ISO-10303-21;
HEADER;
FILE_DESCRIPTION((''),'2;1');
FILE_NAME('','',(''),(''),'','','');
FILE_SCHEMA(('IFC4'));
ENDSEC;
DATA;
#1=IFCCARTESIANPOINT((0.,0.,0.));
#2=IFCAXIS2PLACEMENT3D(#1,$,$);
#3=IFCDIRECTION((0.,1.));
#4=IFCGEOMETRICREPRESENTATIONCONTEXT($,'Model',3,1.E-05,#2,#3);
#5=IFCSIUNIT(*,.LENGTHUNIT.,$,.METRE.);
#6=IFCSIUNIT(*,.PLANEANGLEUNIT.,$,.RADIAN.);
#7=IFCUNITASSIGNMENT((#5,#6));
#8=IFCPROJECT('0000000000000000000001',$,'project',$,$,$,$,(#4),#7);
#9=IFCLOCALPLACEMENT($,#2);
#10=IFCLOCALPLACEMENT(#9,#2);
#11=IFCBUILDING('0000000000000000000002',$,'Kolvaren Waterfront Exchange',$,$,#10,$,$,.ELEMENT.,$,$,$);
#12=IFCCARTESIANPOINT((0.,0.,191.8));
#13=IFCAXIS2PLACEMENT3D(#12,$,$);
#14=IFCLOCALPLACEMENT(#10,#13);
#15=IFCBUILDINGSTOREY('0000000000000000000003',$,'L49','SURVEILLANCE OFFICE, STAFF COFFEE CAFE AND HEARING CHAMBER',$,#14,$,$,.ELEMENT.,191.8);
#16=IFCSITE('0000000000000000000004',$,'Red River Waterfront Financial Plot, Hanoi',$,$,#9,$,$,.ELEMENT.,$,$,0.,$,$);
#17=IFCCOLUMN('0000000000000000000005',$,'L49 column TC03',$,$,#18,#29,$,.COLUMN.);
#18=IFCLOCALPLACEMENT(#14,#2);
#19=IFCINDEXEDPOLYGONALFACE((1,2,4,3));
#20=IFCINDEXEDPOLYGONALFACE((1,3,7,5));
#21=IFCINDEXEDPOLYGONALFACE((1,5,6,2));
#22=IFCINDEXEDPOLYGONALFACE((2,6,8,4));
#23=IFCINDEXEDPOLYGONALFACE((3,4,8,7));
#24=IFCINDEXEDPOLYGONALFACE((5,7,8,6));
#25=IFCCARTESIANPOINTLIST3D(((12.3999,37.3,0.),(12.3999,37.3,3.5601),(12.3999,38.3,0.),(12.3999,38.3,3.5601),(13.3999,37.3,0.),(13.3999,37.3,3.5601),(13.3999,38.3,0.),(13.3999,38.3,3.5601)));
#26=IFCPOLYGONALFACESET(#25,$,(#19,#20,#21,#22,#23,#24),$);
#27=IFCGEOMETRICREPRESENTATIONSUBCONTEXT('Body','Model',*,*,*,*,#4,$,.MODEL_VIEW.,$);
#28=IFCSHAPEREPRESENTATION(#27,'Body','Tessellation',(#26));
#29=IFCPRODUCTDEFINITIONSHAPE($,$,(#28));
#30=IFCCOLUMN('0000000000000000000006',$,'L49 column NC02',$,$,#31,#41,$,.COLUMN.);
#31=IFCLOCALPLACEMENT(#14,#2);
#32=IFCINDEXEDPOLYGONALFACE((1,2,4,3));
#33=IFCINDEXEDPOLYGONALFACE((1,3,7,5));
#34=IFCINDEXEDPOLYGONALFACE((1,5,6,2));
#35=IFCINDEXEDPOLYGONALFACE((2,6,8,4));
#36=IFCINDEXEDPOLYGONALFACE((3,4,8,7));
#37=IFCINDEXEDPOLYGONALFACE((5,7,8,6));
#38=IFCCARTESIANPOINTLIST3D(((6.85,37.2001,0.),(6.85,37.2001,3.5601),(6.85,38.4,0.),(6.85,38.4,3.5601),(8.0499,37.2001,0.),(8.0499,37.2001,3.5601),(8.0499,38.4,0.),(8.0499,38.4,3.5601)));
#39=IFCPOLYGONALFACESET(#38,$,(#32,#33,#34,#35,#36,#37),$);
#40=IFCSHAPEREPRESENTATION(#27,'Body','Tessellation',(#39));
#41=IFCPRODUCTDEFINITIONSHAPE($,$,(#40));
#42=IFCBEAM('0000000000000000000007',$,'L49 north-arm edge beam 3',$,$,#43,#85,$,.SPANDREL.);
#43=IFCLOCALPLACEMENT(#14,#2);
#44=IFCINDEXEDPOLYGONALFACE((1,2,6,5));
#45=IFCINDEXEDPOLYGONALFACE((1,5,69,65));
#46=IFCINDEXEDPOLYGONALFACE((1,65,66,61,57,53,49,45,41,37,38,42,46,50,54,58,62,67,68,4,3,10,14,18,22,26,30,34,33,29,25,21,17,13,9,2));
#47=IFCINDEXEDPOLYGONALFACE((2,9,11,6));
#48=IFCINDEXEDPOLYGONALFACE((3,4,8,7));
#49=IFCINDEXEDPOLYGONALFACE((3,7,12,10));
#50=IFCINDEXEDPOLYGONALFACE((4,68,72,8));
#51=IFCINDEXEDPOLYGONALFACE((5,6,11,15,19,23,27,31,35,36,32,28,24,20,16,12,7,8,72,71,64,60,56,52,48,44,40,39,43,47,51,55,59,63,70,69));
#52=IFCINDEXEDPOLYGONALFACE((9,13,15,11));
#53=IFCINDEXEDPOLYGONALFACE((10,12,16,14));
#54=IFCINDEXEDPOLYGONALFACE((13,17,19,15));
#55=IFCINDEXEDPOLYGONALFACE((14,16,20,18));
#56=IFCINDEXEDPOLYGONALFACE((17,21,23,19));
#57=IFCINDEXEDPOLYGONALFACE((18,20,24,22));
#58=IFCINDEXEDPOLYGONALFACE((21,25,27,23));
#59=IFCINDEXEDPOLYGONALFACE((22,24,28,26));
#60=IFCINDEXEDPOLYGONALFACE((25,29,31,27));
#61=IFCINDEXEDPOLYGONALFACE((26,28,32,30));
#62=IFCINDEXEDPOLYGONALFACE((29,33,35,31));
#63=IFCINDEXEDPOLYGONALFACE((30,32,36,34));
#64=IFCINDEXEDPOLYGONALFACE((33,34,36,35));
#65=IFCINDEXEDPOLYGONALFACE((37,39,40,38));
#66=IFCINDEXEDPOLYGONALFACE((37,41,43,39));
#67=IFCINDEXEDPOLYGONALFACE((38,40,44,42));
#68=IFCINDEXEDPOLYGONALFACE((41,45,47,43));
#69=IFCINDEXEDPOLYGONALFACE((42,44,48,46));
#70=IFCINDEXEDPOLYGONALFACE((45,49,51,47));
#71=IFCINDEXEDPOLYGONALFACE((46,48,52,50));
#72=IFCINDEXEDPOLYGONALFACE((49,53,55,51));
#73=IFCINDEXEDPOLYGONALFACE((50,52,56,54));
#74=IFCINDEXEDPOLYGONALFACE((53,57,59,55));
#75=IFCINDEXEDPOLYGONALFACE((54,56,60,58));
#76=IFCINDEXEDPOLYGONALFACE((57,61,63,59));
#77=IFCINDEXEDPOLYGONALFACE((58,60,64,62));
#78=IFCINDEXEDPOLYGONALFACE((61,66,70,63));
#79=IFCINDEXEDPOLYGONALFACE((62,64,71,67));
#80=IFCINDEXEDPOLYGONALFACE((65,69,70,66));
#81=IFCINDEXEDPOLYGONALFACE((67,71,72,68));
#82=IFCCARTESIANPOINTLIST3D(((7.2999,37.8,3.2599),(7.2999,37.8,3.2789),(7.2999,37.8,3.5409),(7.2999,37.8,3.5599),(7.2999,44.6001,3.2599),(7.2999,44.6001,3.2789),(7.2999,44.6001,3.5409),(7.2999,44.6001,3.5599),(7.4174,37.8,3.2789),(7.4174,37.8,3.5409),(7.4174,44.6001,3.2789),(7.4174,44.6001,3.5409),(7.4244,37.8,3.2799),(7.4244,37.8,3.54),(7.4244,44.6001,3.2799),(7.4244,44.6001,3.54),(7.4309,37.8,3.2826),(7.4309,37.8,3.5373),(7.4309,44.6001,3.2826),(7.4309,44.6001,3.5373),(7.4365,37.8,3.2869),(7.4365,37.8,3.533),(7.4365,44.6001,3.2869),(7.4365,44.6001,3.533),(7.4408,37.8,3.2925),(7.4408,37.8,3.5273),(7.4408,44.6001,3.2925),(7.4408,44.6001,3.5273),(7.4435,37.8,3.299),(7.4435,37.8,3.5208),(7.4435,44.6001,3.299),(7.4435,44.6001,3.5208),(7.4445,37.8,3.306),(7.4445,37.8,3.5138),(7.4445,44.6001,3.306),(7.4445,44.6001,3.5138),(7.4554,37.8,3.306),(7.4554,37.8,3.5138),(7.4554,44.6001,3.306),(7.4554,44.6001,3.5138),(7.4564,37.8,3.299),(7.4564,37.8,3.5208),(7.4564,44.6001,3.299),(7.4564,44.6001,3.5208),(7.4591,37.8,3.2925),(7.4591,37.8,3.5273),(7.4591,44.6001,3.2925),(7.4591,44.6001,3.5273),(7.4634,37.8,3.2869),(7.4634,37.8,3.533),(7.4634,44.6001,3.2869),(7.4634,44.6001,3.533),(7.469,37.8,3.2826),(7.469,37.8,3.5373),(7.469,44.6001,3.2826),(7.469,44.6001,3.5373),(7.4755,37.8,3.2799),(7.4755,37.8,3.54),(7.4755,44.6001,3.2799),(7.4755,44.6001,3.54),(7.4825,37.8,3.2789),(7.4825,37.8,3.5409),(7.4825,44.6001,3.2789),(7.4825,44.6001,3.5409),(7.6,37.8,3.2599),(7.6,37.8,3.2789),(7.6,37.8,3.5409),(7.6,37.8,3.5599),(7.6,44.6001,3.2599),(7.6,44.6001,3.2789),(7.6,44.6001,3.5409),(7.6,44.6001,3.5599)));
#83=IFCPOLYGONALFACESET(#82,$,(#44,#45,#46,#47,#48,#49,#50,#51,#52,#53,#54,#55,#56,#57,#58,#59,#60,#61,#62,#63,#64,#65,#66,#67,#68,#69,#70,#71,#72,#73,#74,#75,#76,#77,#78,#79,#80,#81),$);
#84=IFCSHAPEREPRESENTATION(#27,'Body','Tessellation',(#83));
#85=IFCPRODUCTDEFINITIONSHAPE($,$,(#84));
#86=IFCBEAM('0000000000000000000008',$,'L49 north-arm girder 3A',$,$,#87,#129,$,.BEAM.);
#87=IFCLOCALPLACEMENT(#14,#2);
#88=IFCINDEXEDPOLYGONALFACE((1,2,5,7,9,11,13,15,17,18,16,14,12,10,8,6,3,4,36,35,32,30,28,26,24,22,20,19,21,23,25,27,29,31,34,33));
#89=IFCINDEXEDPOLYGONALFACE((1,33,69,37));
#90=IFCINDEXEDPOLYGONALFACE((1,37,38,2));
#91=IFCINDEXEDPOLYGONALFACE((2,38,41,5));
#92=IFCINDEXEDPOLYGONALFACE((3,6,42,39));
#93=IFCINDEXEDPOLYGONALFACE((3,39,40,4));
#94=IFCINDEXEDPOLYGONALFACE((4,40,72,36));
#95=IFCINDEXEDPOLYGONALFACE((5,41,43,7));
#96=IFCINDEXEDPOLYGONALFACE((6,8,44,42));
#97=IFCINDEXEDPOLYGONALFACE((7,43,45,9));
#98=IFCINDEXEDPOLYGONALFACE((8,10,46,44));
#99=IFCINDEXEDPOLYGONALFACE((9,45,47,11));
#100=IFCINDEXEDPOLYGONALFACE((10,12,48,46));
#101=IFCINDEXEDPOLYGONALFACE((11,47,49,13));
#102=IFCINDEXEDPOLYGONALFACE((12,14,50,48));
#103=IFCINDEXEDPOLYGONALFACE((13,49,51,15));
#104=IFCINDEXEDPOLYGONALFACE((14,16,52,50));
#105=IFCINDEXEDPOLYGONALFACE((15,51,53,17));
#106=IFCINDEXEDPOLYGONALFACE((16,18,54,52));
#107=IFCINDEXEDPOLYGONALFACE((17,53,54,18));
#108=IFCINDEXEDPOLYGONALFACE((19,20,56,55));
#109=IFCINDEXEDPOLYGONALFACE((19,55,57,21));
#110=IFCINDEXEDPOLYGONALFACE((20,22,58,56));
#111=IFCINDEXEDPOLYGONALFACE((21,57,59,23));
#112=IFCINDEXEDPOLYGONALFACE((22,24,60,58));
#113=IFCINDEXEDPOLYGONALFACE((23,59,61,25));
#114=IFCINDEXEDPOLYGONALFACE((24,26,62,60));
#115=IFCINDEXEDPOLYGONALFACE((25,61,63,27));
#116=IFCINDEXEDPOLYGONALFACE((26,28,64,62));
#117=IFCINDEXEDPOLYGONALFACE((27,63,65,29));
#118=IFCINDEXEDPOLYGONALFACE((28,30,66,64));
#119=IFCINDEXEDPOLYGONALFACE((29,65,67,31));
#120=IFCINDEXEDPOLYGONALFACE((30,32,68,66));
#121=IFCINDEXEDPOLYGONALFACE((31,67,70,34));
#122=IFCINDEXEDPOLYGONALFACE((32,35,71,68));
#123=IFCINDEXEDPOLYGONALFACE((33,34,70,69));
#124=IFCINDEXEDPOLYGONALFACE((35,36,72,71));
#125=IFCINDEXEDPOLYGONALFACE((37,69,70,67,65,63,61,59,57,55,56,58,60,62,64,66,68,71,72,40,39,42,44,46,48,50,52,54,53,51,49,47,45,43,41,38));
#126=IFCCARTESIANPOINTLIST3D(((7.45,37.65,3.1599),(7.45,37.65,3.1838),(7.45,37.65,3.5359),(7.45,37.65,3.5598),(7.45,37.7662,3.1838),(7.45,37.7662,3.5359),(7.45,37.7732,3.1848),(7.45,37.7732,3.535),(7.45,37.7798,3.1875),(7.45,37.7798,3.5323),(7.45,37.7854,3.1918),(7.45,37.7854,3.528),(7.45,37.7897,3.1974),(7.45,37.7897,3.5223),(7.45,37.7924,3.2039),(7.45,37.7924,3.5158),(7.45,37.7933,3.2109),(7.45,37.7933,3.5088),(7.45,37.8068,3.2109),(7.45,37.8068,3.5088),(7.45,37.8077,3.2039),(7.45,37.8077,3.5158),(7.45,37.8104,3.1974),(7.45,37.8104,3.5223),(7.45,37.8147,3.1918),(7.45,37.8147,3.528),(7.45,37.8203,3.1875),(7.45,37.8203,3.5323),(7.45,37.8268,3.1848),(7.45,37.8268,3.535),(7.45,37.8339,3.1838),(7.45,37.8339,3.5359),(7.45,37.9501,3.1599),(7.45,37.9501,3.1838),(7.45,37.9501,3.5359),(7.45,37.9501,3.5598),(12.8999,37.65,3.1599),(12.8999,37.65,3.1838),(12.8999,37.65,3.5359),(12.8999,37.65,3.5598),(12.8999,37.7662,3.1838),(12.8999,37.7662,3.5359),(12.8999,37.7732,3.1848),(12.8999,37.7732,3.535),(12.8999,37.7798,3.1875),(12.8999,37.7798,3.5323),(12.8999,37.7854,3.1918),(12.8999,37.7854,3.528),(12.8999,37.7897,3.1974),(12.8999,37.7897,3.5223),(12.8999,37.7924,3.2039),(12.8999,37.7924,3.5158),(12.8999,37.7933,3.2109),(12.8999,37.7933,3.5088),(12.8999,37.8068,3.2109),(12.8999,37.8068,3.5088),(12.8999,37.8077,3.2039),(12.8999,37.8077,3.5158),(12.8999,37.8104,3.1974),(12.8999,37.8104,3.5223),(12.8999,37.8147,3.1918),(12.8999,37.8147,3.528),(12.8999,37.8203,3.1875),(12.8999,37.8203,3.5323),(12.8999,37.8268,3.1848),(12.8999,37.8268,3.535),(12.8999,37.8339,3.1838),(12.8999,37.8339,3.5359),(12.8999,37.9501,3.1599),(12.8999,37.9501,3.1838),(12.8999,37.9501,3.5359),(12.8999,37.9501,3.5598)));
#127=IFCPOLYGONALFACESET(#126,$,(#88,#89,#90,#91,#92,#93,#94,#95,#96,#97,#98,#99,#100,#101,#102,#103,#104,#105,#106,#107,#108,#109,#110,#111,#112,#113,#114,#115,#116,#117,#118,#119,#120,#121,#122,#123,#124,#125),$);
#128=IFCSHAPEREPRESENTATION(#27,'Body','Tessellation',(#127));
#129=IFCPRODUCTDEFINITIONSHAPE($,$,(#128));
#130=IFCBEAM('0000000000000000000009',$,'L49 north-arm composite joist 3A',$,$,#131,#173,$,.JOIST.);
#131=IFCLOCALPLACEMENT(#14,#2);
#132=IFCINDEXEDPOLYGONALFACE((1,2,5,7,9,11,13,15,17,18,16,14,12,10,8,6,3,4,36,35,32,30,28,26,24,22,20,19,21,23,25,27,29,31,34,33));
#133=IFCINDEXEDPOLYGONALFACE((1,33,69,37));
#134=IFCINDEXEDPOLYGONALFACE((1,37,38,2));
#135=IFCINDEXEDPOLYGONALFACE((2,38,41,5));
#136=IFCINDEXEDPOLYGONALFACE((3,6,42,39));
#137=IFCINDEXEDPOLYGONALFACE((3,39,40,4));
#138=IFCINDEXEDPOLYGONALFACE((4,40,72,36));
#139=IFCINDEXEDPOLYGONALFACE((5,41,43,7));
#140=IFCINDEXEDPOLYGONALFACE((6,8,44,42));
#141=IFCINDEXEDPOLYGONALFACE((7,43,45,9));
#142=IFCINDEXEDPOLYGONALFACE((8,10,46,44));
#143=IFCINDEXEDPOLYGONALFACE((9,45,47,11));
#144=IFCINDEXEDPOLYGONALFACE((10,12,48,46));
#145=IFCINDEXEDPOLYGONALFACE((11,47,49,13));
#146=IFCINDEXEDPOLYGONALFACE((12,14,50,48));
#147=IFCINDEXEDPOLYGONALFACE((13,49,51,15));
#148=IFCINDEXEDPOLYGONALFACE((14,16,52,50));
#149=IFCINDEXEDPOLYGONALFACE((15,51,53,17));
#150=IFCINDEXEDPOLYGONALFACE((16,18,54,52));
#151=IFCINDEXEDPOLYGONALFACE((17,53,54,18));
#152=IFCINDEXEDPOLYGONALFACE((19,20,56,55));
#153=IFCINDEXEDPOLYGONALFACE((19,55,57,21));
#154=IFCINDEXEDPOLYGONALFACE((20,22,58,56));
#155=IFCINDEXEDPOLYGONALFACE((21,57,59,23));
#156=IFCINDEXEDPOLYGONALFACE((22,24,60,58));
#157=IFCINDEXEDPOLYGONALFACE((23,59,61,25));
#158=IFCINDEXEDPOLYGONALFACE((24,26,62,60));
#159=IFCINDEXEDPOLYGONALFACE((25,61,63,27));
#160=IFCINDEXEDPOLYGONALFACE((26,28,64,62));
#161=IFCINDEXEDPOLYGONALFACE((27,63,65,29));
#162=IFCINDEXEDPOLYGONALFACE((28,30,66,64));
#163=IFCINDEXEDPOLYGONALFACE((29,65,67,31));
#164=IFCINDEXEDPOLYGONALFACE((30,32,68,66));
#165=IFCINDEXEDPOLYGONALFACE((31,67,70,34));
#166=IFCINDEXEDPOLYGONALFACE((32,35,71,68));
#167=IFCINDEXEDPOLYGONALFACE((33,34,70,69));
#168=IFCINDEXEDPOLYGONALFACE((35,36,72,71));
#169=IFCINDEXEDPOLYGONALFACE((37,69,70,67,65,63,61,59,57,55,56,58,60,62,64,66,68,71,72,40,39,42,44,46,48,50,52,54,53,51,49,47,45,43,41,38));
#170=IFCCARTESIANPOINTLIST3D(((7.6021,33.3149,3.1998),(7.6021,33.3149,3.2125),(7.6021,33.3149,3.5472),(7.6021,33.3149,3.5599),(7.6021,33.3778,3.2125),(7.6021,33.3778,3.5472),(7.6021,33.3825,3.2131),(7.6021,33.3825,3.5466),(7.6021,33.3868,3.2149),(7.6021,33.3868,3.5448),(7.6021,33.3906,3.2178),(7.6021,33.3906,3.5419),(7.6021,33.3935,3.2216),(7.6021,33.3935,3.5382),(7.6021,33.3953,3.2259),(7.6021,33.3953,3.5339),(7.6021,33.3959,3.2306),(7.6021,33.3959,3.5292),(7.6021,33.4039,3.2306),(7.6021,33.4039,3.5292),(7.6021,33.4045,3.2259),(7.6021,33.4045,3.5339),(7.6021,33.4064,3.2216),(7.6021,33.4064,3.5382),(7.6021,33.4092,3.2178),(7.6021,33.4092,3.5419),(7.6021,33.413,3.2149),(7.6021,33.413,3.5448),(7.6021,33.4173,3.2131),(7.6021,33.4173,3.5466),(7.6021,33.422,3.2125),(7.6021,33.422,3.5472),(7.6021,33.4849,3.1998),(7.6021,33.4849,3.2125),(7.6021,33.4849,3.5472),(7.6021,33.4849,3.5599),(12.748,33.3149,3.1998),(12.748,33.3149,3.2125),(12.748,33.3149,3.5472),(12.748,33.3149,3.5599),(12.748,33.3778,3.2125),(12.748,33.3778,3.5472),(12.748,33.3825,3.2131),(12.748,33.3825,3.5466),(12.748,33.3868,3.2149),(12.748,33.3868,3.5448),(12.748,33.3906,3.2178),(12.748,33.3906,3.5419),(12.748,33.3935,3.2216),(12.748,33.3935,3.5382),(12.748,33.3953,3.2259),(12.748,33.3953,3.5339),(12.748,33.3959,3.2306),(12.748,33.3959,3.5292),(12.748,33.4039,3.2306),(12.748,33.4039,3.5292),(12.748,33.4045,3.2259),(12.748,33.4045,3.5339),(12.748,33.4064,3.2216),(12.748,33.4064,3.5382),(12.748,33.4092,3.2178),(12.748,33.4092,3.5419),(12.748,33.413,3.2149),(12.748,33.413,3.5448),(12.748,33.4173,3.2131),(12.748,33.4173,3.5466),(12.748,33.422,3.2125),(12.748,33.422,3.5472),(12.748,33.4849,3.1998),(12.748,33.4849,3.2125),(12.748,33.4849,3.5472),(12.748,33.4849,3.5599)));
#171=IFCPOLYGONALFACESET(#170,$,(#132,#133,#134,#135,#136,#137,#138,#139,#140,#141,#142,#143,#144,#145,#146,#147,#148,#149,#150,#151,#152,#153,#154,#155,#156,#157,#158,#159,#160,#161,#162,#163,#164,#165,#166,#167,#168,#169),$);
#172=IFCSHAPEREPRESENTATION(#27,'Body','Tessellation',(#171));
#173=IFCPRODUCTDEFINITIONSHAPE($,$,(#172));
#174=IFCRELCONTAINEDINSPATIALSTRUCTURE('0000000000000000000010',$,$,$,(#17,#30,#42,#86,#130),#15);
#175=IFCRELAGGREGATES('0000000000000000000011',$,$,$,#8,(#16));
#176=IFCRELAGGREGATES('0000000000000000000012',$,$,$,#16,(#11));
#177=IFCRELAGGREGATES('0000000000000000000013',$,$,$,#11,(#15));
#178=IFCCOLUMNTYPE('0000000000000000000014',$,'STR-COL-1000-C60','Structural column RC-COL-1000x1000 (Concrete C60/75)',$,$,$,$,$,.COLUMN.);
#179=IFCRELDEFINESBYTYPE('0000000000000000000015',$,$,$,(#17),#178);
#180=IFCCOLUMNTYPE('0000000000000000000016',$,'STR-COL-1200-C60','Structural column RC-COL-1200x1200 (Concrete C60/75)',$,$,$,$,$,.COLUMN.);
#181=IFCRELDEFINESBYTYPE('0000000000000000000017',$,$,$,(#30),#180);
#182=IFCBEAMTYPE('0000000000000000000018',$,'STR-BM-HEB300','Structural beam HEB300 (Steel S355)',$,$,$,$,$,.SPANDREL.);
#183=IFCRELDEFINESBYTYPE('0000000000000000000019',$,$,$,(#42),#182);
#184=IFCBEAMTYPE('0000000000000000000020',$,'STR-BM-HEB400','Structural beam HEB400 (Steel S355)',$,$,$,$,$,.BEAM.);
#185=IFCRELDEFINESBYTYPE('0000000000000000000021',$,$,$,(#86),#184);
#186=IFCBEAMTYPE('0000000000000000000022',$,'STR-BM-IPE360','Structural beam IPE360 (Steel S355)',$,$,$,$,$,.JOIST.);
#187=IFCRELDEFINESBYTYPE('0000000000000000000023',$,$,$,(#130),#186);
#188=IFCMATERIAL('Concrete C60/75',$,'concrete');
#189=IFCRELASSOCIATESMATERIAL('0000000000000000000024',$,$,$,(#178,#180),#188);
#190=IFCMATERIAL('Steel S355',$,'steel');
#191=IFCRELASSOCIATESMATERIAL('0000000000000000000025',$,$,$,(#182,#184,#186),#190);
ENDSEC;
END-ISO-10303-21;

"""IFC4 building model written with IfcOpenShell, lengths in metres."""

from ifc_helpers import new_model, si_unit, direction, frame, origin, origin_2d, place, context, subcontext, project, spatial, rectangle, i_section, extrude, material, material_profile, profile_set, type_object, element, save


model = new_model("IFC4")

# Units and contexts
model_context = context("Model", 3, precision=1e-05, world=origin(), true_north=direction((0.0, 1.0)))
body_context = subcontext(model_context, "Body", "Model", "MODEL_VIEW")
ifc_project = project(units=[si_unit("LENGTHUNIT", "METRE"), si_unit("PLANEANGLEUNIT", "RADIAN")], contexts=[model_context])

# Site, building, storey
site_placement = place(None, origin())
site = spatial("IfcSite", under=ifc_project, at=site_placement, Name="Red River Waterfront Financial Plot, Hanoi", CompositionType="ELEMENT", RefElevation=0.0)
building_placement = place(site_placement, origin())
building = spatial("IfcBuilding", under=site, at=building_placement, Name="Kolvaren Waterfront Exchange", CompositionType="ELEMENT")
storey_placement = place(building_placement, frame((0.0, 0.0, 191.8)))
storey = spatial("IfcBuildingStorey", under=building, at=storey_placement, Name="L49", Description="SURVEILLANCE OFFICE, STAFF COFFEE CAFE AND HEARING CHAMBER", CompositionType="ELEMENT", Elevation=191.8)

# Columns
ifc_material_1 = material(Name="Concrete C60/75", Category="concrete")
ifc_material_profile_1 = material_profile(ifc_material_1, rectangle(XDim=1.0, YDim=1.0, at=origin_2d()), Name="RC-COL-1000x1000")
ifc_profile_set_1 = profile_set([ifc_material_profile_1], Name="Concrete C60/75")
column_type_1 = type_object("IfcColumnType", Name="STR-COL-1000-C60", Description="Structural column RC-COL-1000x1000 (Concrete C60/75)", PredefinedType="COLUMN", material=ifc_profile_set_1)
column_1_placement = place(storey_placement, frame((12.8999, 37.8, 0.0), z_axis=(0.0, 0.0, 1.0), x_axis=(1.0, 0.0, 0.0)))
element("IfcColumn", 1, at=column_1_placement, inside=storey, type_object=column_type_1, Name="L49 column TC03", PredefinedType="COLUMN", context=body_context, shape_type="SweptSolid", body=[
    extrude(rectangle(XDim=1.0, YDim=1.0, at=origin_2d()), origin(), (0.0, 0.0, 1.0), 3.5601),
])
ifc_material_profile_2 = material_profile(ifc_material_1, rectangle(XDim=1.2, YDim=1.2, at=origin_2d()), Name="RC-COL-1200x1200")
ifc_profile_set_2 = profile_set([ifc_material_profile_2], Name="Concrete C60/75")
column_type_2 = type_object("IfcColumnType", Name="STR-COL-1200-C60", Description="Structural column RC-COL-1200x1200 (Concrete C60/75)", PredefinedType="COLUMN", material=ifc_profile_set_2)
column_2_placement = place(storey_placement, frame((7.45, 37.8, 0.0), z_axis=(0.0, 0.0, 1.0), x_axis=(1.0, 0.0, 0.0)))
element("IfcColumn", 2, at=column_2_placement, inside=storey, type_object=column_type_2, Name="L49 column NC02", PredefinedType="COLUMN", context=body_context, shape_type="SweptSolid", body=[
    extrude(rectangle(XDim=1.2, YDim=1.2, at=origin_2d()), origin(), (0.0, 0.0, 1.0), 3.5601),
])

# Beams
ifc_material_2 = material(Name="Steel S355", Category="steel")
ifc_material_profile_3 = material_profile(ifc_material_2, i_section(OverallWidth=0.3, OverallDepth=0.3, WebThickness=0.011, FlangeThickness=0.019, FilletRadius=0.0271, at=origin_2d()), Name="HEB300")
ifc_profile_set_3 = profile_set([ifc_material_profile_3], Name="Steel S355")
beam_type_1 = type_object("IfcBeamType", Name="STR-BM-HEB300", Description="Structural beam HEB300 (Steel S355)", PredefinedType="SPANDREL", material=ifc_profile_set_3)
beam_1_placement = place(storey_placement, frame((7.45, 37.8, 3.4099), z_axis=(0.0, 1.0, 0.0), x_axis=(-1.0, 0.0, 0.0)))
element("IfcBeam", 3, at=beam_1_placement, inside=storey, type_object=beam_type_1, Name="L49 north-arm edge beam 3", PredefinedType="SPANDREL", context=body_context, shape_type="SweptSolid", body=[
    extrude(i_section(OverallWidth=0.3, OverallDepth=0.3, WebThickness=0.011, FlangeThickness=0.019, FilletRadius=0.0271, at=origin_2d()), origin(), (0.0, 0.0, 1.0), 6.8),
])
ifc_material_profile_4 = material_profile(ifc_material_2, i_section(OverallWidth=0.3, OverallDepth=0.3999, WebThickness=0.0134, FlangeThickness=0.0239, FilletRadius=0.0271, at=origin_2d()), Name="HEB400")
ifc_profile_set_4 = profile_set([ifc_material_profile_4], Name="Steel S355")
beam_type_2 = type_object("IfcBeamType", Name="STR-BM-HEB400", Description="Structural beam HEB400 (Steel S355)", PredefinedType="BEAM", material=ifc_profile_set_4)
beam_2_placement = place(storey_placement, frame((7.45, 37.8, 3.3599), z_axis=(1.0, 0.0, 0.0), x_axis=(0.0, 1.0, 0.0)))
element("IfcBeam", 4, at=beam_2_placement, inside=storey, type_object=beam_type_2, Name="L49 north-arm girder 3A", PredefinedType="BEAM", context=body_context, shape_type="SweptSolid", body=[
    extrude(i_section(OverallWidth=0.3, OverallDepth=0.3999, WebThickness=0.0134, FlangeThickness=0.0239, FilletRadius=0.0271, at=origin_2d()), origin(), (0.0, 0.0, 1.0), 5.45),
])
ifc_material_profile_5 = material_profile(ifc_material_2, i_section(OverallWidth=0.1699, OverallDepth=0.3601, WebThickness=0.0081, FlangeThickness=0.0127, FilletRadius=0.0181, at=origin_2d()), Name="IPE360")
ifc_profile_set_5 = profile_set([ifc_material_profile_5], Name="Steel S355")
beam_type_3 = type_object("IfcBeamType", Name="STR-BM-IPE360", Description="Structural beam IPE360 (Steel S355)", PredefinedType="JOIST", material=ifc_profile_set_5)
beam_3_placement = place(storey_placement, frame((7.6021, 33.3999, 3.3799), z_axis=(1.0, 0.0, 0.0), x_axis=(0.0, 1.0, 0.0)))
element("IfcBeam", 5, at=beam_3_placement, inside=storey, type_object=beam_type_3, Name="L49 north-arm composite joist 3A", PredefinedType="JOIST", context=body_context, shape_type="SweptSolid", body=[
    extrude(i_section(OverallWidth=0.1699, OverallDepth=0.3601, WebThickness=0.0081, FlangeThickness=0.0127, FilletRadius=0.0181, at=origin_2d()), origin(), (0.0, 0.0, 1.0), 5.146),
])

save(model, "model.ifc")
